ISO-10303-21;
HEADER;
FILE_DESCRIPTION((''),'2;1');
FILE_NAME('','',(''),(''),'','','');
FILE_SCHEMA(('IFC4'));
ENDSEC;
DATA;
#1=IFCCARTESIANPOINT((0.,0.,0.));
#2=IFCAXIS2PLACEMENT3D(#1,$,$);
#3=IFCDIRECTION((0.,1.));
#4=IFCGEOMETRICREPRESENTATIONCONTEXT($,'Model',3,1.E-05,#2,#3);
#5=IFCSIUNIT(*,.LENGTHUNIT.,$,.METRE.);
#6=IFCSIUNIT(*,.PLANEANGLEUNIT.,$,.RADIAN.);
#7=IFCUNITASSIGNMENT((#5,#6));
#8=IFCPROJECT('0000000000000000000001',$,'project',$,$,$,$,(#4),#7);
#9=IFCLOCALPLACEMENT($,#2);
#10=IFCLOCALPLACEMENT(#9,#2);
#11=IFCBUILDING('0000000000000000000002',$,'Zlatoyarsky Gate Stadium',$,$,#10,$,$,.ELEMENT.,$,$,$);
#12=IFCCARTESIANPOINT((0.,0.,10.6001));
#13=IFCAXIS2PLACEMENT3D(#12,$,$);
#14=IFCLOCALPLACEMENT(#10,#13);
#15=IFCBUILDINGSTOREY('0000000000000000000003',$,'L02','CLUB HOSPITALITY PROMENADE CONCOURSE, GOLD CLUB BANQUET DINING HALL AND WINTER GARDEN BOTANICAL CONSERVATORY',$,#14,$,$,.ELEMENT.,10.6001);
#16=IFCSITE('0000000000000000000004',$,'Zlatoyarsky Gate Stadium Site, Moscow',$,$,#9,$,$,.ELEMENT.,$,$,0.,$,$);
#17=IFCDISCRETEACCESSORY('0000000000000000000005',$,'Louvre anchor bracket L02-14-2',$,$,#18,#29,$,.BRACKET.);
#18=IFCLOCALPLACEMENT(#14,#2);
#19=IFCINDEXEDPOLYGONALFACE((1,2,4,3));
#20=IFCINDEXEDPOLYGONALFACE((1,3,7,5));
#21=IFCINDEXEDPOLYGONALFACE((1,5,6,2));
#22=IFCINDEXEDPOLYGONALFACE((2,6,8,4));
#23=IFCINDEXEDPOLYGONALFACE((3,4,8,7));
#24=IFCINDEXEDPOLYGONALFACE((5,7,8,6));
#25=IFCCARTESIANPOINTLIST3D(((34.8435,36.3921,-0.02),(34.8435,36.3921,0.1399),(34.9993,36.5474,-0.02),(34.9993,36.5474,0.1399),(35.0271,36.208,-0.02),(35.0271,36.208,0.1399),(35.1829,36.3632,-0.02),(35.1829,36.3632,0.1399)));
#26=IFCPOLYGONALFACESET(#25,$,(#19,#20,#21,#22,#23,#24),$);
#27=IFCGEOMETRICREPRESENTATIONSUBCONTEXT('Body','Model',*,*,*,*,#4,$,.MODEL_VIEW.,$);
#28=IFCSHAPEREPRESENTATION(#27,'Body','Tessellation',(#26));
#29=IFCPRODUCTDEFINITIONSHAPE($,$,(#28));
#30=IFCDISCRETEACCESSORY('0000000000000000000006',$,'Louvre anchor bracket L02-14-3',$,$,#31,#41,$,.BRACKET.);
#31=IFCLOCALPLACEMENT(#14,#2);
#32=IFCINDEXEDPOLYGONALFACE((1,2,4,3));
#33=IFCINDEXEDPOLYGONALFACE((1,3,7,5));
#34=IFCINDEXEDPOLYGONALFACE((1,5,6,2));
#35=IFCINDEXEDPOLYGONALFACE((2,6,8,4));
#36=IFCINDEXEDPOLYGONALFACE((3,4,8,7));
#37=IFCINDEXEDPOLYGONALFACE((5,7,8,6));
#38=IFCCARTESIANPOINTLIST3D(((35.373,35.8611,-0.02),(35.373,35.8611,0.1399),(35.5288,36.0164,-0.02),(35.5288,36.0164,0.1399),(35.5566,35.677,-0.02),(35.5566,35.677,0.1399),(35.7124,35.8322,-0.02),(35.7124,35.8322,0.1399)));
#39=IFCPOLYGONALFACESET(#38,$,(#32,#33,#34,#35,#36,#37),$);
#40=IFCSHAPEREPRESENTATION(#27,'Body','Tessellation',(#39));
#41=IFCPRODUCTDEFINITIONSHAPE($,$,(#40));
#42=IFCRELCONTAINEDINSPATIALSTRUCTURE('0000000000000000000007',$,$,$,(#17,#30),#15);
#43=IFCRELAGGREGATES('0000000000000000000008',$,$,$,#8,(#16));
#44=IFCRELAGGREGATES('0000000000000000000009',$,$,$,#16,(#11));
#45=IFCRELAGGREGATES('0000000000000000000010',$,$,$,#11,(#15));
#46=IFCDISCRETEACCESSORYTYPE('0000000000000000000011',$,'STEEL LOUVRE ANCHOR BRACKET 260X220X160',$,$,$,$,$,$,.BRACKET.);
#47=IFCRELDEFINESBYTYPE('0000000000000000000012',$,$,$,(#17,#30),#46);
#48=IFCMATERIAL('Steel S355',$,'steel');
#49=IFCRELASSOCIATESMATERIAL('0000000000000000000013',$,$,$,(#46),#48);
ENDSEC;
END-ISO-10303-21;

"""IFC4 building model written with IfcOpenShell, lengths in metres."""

from ifc_helpers import new_model, si_unit, direction, frame, origin, origin_2d, place, context, subcontext, project, spatial, rectangle, extrude, material, type_object, element, save


model = new_model("IFC4")

# Units and contexts
model_context = context("Model", 3, precision=1e-05, world=origin(), true_north=direction((0.0, 1.0)))
body_context = subcontext(model_context, "Body", "Model", "MODEL_VIEW")
ifc_project = project(units=[si_unit("LENGTHUNIT", "METRE"), si_unit("PLANEANGLEUNIT", "RADIAN")], contexts=[model_context])

# Site, building, storey
site_placement = place(None, origin())
site = spatial("IfcSite", under=ifc_project, at=site_placement, Name="Zlatoyarsky Gate Stadium Site, Moscow", CompositionType="ELEMENT", RefElevation=0.0)
building_placement = place(site_placement, origin())
building = spatial("IfcBuilding", under=site, at=building_placement, Name="Zlatoyarsky Gate Stadium", CompositionType="ELEMENT")
storey_placement = place(building_placement, frame((0.0, 0.0, 10.6001)))
storey = spatial("IfcBuildingStorey", under=building, at=storey_placement, Name="L02", Description="CLUB HOSPITALITY PROMENADE CONCOURSE, GOLD CLUB BANQUET DINING HALL AND WINTER GARDEN BOTANICAL CONSERVATORY", CompositionType="ELEMENT", Elevation=10.6001)

# Discrete accessories
ifc_material_1 = material(Name="Steel S355", Category="steel")
discrete_accessory_type = type_object("IfcDiscreteAccessoryType", Name="STEEL LOUVRE ANCHOR BRACKET 260X220X160", PredefinedType="BRACKET", material=ifc_material_1)
for number, where, z_axis, x_axis, name in (
    (1, (35.0132, 36.3777, -0.02), (0.0, 0.0, 1.0), (0.705937, -0.708274, 0.0), "Louvre anchor bracket L02-14-2"),
    (2, (35.5427, 35.8467, -0.02), (0.0, 0.0, 1.0), (0.705937, -0.708274, 0.0), "Louvre anchor bracket L02-14-3"),
):
    element("IfcDiscreteAccessory", number, at=place(storey_placement, frame(where, z_axis=z_axis, x_axis=x_axis)), inside=storey, type_object=discrete_accessory_type, Name=name, PredefinedType="BRACKET", context=body_context, shape_type="SweptSolid", body=[
        extrude(rectangle(XDim=0.26, YDim=0.22, at=origin_2d()), origin(), (0.0, 0.0, 1.0), 0.1599),
    ])

save(model, "model.ifc")
